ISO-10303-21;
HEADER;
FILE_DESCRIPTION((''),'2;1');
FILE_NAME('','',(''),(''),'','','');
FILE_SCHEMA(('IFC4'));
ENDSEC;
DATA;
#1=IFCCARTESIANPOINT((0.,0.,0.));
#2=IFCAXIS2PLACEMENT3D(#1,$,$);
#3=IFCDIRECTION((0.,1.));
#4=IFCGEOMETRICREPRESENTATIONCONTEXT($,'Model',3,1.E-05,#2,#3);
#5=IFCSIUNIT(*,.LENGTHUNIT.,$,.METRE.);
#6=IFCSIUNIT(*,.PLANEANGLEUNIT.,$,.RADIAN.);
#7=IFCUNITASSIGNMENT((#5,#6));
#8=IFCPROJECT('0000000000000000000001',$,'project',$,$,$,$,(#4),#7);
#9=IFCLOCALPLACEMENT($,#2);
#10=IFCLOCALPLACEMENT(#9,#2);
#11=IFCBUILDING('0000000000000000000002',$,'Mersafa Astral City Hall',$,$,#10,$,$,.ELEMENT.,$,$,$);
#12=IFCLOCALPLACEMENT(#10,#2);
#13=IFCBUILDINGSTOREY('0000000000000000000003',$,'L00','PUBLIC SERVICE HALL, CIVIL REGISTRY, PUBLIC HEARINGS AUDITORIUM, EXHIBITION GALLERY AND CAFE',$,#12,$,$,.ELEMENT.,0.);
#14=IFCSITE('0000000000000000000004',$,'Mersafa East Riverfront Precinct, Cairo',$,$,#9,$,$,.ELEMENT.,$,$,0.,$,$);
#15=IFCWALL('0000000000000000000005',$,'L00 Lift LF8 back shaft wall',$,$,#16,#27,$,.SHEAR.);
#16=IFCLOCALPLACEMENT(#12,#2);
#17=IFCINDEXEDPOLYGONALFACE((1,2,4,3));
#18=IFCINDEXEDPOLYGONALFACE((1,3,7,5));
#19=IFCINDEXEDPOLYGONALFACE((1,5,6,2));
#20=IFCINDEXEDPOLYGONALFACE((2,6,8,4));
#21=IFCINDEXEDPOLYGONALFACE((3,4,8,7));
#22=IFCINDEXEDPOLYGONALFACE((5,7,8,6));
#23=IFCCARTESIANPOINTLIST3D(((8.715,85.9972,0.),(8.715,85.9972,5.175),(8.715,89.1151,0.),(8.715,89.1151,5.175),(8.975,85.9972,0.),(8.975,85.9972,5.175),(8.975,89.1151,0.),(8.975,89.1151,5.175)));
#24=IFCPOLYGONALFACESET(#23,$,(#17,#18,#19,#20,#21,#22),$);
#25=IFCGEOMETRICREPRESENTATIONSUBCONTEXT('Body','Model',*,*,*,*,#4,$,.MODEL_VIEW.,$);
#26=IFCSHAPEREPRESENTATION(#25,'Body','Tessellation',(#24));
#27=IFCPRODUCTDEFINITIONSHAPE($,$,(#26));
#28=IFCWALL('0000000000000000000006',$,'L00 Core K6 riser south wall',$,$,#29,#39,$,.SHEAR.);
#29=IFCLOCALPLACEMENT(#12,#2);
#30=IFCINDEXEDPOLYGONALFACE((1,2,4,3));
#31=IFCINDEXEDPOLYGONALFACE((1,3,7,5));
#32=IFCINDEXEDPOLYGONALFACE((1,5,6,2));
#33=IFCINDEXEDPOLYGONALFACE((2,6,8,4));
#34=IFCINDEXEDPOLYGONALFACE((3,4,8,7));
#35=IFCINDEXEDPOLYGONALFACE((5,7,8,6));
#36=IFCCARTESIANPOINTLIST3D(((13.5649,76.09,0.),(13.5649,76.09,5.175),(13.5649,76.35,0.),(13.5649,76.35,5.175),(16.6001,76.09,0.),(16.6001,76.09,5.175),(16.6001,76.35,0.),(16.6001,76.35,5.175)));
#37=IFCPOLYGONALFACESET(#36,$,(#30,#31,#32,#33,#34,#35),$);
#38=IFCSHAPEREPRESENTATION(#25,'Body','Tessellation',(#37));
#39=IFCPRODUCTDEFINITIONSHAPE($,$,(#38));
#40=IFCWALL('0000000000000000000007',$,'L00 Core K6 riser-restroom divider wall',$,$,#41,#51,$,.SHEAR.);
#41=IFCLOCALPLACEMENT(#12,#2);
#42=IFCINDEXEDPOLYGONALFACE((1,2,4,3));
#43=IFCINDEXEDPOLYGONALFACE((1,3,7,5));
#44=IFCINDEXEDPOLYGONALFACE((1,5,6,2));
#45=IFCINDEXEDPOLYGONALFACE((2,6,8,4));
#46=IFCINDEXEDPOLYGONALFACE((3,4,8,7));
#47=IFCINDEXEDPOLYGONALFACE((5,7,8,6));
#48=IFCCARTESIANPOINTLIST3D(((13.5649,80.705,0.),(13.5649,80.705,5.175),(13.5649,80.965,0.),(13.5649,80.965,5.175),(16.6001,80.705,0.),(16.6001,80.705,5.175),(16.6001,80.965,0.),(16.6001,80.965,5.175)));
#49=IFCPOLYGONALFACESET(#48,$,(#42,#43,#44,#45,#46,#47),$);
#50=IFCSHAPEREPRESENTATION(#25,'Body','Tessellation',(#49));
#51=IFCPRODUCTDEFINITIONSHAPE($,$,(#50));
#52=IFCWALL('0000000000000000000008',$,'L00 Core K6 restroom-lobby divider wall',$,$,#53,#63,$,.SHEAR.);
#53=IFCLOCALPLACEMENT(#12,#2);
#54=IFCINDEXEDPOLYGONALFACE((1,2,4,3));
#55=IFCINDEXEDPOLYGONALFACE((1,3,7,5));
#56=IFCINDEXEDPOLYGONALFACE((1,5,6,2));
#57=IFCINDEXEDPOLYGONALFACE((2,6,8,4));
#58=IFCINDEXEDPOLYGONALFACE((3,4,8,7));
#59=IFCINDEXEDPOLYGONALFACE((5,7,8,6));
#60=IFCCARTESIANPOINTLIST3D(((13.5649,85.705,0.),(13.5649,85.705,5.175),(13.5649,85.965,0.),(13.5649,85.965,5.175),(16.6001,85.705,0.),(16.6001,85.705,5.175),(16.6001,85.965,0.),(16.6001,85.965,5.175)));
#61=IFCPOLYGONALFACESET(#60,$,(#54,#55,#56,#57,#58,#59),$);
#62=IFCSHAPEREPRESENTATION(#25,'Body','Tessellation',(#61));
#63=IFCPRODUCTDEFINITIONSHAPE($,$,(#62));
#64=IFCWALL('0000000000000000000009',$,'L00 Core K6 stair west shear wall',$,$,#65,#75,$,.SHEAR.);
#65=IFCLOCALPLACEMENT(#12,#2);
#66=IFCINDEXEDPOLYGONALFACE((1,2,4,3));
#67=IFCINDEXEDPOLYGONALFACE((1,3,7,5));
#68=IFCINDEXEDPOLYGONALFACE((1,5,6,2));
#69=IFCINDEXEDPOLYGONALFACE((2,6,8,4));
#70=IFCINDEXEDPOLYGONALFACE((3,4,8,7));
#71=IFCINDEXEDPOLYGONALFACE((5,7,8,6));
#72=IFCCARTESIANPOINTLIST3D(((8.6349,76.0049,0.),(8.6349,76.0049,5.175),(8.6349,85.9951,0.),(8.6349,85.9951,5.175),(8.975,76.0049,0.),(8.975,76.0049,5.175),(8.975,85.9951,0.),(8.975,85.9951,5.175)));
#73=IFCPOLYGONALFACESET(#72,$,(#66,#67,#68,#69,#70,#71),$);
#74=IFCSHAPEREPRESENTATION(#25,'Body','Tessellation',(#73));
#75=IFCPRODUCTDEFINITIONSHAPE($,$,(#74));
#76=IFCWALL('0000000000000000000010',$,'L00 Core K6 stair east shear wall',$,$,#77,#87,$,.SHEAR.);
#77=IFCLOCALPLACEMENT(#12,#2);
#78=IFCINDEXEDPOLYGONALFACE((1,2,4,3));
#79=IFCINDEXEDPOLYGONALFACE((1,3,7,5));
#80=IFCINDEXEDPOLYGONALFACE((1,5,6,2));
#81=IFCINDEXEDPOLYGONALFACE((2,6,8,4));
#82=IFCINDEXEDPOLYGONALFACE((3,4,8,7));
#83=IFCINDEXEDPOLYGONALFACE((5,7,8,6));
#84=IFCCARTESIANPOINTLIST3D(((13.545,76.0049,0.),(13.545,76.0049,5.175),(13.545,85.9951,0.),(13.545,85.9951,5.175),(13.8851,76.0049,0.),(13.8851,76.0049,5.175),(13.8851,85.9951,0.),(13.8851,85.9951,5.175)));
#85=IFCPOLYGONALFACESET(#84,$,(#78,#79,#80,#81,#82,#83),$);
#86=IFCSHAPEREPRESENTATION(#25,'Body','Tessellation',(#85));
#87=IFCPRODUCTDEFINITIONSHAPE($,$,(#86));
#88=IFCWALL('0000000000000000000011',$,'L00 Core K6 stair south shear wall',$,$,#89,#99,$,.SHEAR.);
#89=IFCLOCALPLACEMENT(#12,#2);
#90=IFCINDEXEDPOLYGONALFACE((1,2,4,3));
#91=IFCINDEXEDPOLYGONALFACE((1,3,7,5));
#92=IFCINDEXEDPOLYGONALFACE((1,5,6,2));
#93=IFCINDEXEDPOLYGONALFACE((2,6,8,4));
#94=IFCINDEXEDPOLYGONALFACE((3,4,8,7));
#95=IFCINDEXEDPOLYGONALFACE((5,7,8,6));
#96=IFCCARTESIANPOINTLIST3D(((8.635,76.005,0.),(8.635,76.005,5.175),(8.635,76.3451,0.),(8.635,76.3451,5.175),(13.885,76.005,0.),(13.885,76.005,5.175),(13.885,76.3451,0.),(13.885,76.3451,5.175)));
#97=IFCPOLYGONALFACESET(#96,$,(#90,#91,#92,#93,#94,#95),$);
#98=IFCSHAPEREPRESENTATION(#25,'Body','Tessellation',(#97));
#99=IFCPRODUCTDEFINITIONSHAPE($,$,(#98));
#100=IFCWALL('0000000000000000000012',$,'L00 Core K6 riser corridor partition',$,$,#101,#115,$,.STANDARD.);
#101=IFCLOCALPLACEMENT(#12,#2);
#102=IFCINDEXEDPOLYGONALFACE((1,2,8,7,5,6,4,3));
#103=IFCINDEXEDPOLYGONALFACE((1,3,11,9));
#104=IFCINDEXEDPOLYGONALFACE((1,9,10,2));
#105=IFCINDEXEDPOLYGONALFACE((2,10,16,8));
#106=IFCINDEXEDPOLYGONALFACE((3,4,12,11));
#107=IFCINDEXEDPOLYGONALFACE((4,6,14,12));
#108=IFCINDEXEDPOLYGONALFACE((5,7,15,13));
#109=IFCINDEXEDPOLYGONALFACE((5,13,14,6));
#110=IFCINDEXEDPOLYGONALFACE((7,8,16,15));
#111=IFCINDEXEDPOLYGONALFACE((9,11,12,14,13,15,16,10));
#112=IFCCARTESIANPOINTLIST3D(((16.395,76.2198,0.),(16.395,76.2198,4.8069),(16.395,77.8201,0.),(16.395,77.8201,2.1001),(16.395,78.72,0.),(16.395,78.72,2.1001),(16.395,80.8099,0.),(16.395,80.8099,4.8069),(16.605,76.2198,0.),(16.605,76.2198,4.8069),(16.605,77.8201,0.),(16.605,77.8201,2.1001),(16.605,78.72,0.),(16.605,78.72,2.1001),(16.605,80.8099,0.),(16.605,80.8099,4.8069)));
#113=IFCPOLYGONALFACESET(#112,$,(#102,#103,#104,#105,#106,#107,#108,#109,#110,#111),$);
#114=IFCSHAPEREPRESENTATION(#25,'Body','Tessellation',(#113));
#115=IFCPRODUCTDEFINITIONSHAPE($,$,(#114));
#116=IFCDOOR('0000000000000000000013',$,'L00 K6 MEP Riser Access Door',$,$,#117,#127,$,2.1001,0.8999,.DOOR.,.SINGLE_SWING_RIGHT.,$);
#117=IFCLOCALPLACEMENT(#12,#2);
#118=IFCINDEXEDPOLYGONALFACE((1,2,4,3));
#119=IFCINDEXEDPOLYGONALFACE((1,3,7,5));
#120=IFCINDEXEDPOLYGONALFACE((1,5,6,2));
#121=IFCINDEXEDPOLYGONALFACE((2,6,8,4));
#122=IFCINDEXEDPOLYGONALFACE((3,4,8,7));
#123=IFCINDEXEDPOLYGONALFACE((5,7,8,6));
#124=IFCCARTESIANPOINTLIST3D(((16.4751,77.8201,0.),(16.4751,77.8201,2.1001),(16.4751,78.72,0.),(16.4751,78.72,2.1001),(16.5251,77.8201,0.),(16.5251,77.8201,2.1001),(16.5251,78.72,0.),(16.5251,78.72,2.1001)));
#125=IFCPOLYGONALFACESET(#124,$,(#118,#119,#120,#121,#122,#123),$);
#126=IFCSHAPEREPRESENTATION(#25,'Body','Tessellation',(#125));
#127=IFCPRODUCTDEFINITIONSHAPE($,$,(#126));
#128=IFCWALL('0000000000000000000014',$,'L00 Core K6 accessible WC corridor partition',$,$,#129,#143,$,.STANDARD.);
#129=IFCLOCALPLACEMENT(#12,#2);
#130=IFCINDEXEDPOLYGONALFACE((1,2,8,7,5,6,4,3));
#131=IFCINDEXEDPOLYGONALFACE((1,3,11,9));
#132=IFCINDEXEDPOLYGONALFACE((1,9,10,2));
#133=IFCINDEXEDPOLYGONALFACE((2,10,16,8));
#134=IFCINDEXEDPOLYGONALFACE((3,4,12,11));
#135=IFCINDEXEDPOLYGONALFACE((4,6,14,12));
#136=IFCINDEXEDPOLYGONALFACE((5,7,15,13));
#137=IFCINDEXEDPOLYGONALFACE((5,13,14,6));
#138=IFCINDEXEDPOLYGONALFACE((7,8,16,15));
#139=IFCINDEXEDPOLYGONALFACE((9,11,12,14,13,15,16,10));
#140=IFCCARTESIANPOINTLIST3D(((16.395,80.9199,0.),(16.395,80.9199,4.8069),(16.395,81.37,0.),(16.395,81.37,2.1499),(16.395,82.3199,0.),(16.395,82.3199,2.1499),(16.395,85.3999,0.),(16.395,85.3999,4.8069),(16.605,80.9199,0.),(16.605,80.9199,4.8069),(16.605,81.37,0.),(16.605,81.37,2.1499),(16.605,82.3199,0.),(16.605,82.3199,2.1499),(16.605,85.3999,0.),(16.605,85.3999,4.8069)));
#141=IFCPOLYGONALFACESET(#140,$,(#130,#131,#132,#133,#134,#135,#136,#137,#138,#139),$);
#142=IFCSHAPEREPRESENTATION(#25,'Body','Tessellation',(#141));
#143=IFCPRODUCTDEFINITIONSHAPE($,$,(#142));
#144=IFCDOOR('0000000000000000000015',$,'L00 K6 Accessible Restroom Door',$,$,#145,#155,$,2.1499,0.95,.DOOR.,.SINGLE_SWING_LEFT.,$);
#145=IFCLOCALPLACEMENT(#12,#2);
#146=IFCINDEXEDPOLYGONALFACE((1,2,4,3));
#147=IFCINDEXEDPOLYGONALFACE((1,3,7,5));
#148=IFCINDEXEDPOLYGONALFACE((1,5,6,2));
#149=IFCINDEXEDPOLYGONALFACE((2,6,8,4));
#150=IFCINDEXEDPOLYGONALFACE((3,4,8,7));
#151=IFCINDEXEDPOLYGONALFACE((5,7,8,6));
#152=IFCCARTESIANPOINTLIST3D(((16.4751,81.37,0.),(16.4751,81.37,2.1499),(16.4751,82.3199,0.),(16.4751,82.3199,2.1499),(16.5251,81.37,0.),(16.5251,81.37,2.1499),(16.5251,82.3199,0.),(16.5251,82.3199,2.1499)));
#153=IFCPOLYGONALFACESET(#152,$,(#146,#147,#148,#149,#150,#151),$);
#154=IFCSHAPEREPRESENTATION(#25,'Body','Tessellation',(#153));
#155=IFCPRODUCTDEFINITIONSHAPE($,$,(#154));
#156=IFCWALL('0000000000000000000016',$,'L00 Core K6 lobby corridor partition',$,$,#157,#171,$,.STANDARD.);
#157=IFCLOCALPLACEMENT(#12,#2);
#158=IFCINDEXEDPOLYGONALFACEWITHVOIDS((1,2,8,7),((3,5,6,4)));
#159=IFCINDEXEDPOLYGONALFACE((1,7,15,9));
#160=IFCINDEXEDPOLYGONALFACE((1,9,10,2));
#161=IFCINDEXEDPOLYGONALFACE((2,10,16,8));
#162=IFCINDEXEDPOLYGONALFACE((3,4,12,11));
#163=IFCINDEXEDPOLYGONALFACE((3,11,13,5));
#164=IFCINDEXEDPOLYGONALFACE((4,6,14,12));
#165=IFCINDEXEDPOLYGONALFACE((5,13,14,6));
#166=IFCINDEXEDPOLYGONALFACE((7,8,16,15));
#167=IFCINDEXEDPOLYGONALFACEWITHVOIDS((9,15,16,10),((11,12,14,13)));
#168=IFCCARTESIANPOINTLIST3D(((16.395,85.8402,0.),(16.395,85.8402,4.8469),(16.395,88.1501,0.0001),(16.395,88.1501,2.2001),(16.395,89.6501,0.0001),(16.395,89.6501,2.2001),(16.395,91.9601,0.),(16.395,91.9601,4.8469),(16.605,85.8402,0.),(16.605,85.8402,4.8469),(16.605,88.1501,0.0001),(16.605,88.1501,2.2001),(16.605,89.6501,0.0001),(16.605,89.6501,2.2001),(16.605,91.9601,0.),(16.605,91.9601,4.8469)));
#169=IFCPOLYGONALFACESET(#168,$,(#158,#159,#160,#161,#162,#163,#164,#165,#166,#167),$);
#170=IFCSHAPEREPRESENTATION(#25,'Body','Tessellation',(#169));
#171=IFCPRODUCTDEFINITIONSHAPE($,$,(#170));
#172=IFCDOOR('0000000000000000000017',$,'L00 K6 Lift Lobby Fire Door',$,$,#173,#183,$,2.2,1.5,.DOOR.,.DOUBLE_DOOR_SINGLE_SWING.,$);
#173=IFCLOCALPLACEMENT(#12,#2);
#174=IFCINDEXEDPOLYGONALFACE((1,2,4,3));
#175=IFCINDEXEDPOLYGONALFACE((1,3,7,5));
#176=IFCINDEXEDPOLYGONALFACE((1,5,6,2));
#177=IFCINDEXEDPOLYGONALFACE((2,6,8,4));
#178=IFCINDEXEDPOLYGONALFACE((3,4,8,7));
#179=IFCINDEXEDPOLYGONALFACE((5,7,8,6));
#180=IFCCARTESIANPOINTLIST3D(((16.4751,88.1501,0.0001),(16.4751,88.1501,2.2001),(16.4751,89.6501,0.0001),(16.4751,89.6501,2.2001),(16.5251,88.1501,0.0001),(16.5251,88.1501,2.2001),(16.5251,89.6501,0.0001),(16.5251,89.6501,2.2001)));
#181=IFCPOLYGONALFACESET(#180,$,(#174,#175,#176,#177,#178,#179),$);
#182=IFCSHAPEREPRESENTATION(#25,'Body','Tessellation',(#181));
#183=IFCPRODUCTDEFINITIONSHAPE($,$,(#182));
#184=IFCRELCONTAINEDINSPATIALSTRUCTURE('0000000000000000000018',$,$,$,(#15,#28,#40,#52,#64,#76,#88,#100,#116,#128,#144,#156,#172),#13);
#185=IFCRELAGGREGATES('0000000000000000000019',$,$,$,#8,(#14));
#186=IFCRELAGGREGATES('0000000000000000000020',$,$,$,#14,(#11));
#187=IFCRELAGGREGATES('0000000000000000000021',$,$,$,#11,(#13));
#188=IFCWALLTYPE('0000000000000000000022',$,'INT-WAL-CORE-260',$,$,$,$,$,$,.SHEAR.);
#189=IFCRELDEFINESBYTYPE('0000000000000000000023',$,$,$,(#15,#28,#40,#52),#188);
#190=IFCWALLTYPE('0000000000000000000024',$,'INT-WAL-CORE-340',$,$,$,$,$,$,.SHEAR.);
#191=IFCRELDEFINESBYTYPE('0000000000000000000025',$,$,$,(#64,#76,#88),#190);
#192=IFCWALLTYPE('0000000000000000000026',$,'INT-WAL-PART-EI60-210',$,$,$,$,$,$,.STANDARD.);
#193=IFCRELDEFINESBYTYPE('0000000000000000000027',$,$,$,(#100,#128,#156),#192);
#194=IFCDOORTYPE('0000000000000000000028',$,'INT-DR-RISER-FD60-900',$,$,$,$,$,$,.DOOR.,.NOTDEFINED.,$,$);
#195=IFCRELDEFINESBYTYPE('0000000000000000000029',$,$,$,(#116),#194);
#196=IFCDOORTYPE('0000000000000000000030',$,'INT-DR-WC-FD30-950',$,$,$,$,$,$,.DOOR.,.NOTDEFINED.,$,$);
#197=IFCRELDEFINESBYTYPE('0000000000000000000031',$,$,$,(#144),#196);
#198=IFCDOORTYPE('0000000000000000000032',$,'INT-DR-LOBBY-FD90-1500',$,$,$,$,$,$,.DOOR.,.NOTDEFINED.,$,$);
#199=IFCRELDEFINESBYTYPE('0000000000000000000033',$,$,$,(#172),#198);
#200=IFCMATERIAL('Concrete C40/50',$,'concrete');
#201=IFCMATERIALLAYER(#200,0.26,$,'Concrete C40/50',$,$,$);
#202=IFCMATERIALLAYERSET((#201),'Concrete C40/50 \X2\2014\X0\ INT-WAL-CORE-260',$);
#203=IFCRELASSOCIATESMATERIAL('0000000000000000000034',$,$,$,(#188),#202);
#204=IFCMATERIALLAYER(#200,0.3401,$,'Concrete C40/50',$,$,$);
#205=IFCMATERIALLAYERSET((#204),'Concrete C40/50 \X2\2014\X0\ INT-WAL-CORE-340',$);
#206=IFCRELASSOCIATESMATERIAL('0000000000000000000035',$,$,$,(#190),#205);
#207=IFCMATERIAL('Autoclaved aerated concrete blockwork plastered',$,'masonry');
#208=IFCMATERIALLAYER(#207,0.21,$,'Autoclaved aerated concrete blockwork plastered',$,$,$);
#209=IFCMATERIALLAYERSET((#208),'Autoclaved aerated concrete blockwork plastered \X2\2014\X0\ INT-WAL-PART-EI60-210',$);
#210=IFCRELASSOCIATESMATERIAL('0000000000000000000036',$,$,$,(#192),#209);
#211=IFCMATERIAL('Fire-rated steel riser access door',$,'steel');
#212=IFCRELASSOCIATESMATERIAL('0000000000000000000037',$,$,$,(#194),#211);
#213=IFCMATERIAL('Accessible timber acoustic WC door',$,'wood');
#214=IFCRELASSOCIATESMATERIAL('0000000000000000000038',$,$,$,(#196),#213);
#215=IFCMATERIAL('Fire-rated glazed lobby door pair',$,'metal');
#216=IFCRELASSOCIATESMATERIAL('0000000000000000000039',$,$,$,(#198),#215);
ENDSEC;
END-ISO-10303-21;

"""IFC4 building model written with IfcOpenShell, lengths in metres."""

from ifc_helpers import new_model, si_unit, direction, frame, frame_2d, origin, place, context, subcontext, project, spatial, rectangle, extrude, material, layer, layer_set, type_object, element, fill, save


model = new_model("IFC4")

# Units and contexts
model_context = context("Model", 3, precision=1e-05, world=origin(), true_north=direction((0.0, 1.0)))
body_context = subcontext(model_context, "Body", "Model", "MODEL_VIEW")
ifc_project = project(units=[si_unit("LENGTHUNIT", "METRE"), si_unit("PLANEANGLEUNIT", "RADIAN")], contexts=[model_context])

# Site, building, storey
site_placement = place(None, origin())
site = spatial("IfcSite", under=ifc_project, at=site_placement, Name="Mersafa East Riverfront Precinct, Cairo", CompositionType="ELEMENT", RefElevation=0.0)
building_placement = place(site_placement, origin())
building = spatial("IfcBuilding", under=site, at=building_placement, Name="Mersafa Astral City Hall", CompositionType="ELEMENT")
storey_placement = place(building_placement, origin())
storey = spatial("IfcBuildingStorey", under=building, at=storey_placement, Name="L00", Description="PUBLIC SERVICE HALL, CIVIL REGISTRY, PUBLIC HEARINGS AUDITORIUM, EXHIBITION GALLERY AND CAFE", CompositionType="ELEMENT", Elevation=0.0)

# Wall
ifc_material_1 = material(Name="Concrete C40/50", Category="concrete")
ifc_layer_1 = layer(ifc_material_1, 0.26, Name="Concrete C40/50")
ifc_layer_set_1 = layer_set([ifc_layer_1], Name="Concrete C40/50 — INT-WAL-CORE-260")
wall_type_1 = type_object("IfcWallType", Name="INT-WAL-CORE-260", PredefinedType="SHEAR", material=ifc_layer_set_1)
wall_1_placement = place(storey_placement, frame((8.845, 85.9971, 0.0), z_axis=(0.0, 0.0, 1.0), x_axis=(0.0, 1.0, 0.0)))
element("IfcWall", 1, at=wall_1_placement, inside=storey, type_object=wall_type_1, Name="L00 Lift LF8 back shaft wall", PredefinedType="SHEAR", context=body_context, shape_type="SweptSolid", body=[
    extrude(rectangle(XDim=3.1179, YDim=0.26, at=frame_2d((1.5591, 0.0))), origin(), (0.0, 0.0, 1.0), 5.175),
])

# Walls
for number, where, z_axis, x_axis, name in (
    (2, (13.5649, 76.22, 0.0), (0.0, 0.0, 1.0), (1.0, 0.0, 0.0), "L00 Core K6 riser south wall"),
    (3, (13.5649, 80.835, 0.0), (0.0, 0.0, 1.0), (1.0, 0.0, 0.0), "L00 Core K6 riser-restroom divider wall"),
    (4, (13.5649, 85.835, 0.0), (0.0, 0.0, 1.0), (1.0, 0.0, 0.0), "L00 Core K6 restroom-lobby divider wall"),
):
    element("IfcWall", number, at=place(storey_placement, frame(where, z_axis=z_axis, x_axis=x_axis)), inside=storey, type_object=wall_type_1, Name=name, PredefinedType="SHEAR", context=body_context, shape_type="SweptSolid", body=[
        extrude(rectangle(XDim=3.0352, YDim=0.26, at=frame_2d((1.5176, 0.0))), origin(), (0.0, 0.0, 1.0), 5.175),
    ])
ifc_layer_2 = layer(ifc_material_1, 0.3401, Name="Concrete C40/50")
ifc_layer_set_2 = layer_set([ifc_layer_2], Name="Concrete C40/50 — INT-WAL-CORE-340")
wall_type_2 = type_object("IfcWallType", Name="INT-WAL-CORE-340", PredefinedType="SHEAR", material=ifc_layer_set_2)
for number, where, z_axis, x_axis, name in (
    (5, (8.8049, 76.0049, 0.0), (0.0, 0.0, 1.0), (0.0, 1.0, 0.0), "L00 Core K6 stair west shear wall"),
    (6, (13.7151, 76.0049, 0.0), (0.0, 0.0, 1.0), (0.0, 1.0, 0.0), "L00 Core K6 stair east shear wall"),
):
    element("IfcWall", number, at=place(storey_placement, frame(where, z_axis=z_axis, x_axis=x_axis)), inside=storey, type_object=wall_type_2, Name=name, PredefinedType="SHEAR", context=body_context, shape_type="SweptSolid", body=[
        extrude(rectangle(XDim=9.9902, YDim=0.3401, at=frame_2d((4.9951, 0.0))), origin(), (0.0, 0.0, 1.0), 5.175),
    ])
wall_2_placement = place(storey_placement, frame((8.635, 76.175, 0.0), z_axis=(0.0, 0.0, 1.0), x_axis=(1.0, 0.0, 0.0)))
element("IfcWall", 7, at=wall_2_placement, inside=storey, type_object=wall_type_2, Name="L00 Core K6 stair south shear wall", PredefinedType="SHEAR", context=body_context, shape_type="SweptSolid", body=[
    extrude(rectangle(XDim=5.25, YDim=0.3401, at=frame_2d((2.625, 0.0))), origin(), (0.0, 0.0, 1.0), 5.175),
])

# Walls, openings, doors
ifc_material_2 = material(Name="Autoclaved aerated concrete blockwork plastered", Category="masonry")
ifc_layer_3 = layer(ifc_material_2, 0.21, Name="Autoclaved aerated concrete blockwork plastered")
ifc_layer_set_3 = layer_set([ifc_layer_3], Name="Autoclaved aerated concrete blockwork plastered — INT-WAL-PART-EI60-210")
wall_type_3 = type_object("IfcWallType", Name="INT-WAL-PART-EI60-210", PredefinedType="STANDARD", material=ifc_layer_set_3)
wall_3_placement = place(storey_placement, frame((16.5, 76.22, 0.0), z_axis=(0.0, 0.0, 1.0), x_axis=(0.0, 1.0, 0.0)))
wall_3 = element("IfcWall", 8, at=wall_3_placement, inside=storey, type_object=wall_type_3, Name="L00 Core K6 riser corridor partition", PredefinedType="STANDARD", context=body_context, shape_type="SweptSolid", body=[
    extrude(rectangle(XDim=4.5901, YDim=0.21, at=frame_2d((2.2949, 0.0))), origin(), (0.0, 0.0, 1.0), 4.8069),
])
opening_1_placement = place(wall_3_placement, frame((1.6001, 0.0, 0.0)))
opening_1 = element("IfcOpeningElement", 9, at=opening_1_placement, cuts=wall_3, PredefinedType="OPENING", context=body_context, shape_type="SweptSolid", body=[
    extrude(rectangle(XDim=0.8999, YDim=2.1001, at=frame_2d((0.45, 1.05))), frame((0.0, 0.115, 0.0), z_axis=(0.0, -1.0, 0.0), x_axis=(1.0, 0.0, 0.0)), (0.0, 0.0, 1.0), 0.23),
])
ifc_material_3 = material(Name="Fire-rated steel riser access door", Category="steel")
door_type_1 = type_object("IfcDoorType", Name="INT-DR-RISER-FD60-900", OperationType="NOTDEFINED", PredefinedType="DOOR", material=ifc_material_3)
door_1_placement = place(opening_1_placement, origin())
door_1 = element("IfcDoor", 10, at=door_1_placement, inside=storey, type_object=door_type_1, Name="L00 K6 MEP Riser Access Door", OperationType="SINGLE_SWING_RIGHT", OverallHeight=2.1001, OverallWidth=0.8999, PredefinedType="DOOR", context=body_context, shape_type="SweptSolid", body=[
    extrude(rectangle(XDim=0.8999, YDim=2.1001, at=frame_2d((0.45, 1.05))), frame((0.0, 0.0249, 0.0), z_axis=(0.0, -1.0, 0.0), x_axis=(1.0, 0.0, 0.0)), (0.0, 0.0, 1.0), 0.05),
])
fill(opening_1, door_1)
wall_4_placement = place(storey_placement, frame((16.5, 80.9199, 0.0), z_axis=(0.0, 0.0, 1.0), x_axis=(0.0, 1.0, 0.0)))
wall_4 = element("IfcWall", 11, at=wall_4_placement, inside=storey, type_object=wall_type_3, Name="L00 Core K6 accessible WC corridor partition", PredefinedType="STANDARD", context=body_context, shape_type="SweptSolid", body=[
    extrude(rectangle(XDim=4.48, YDim=0.21, at=frame_2d((2.24, 0.0))), origin(), (0.0, 0.0, 1.0), 4.8069),
])
opening_2_placement = place(wall_4_placement, frame((0.45, 0.0, 0.0)))
opening_2 = element("IfcOpeningElement", 12, at=opening_2_placement, cuts=wall_4, PredefinedType="OPENING", context=body_context, shape_type="SweptSolid", body=[
    extrude(rectangle(XDim=0.95, YDim=2.1499, at=frame_2d((0.4751, 1.075))), frame((0.0, 0.115, 0.0), z_axis=(0.0, -1.0, 0.0), x_axis=(1.0, 0.0, 0.0)), (0.0, 0.0, 1.0), 0.23),
])
ifc_material_4 = material(Name="Accessible timber acoustic WC door", Category="wood")
door_type_2 = type_object("IfcDoorType", Name="INT-DR-WC-FD30-950", OperationType="NOTDEFINED", PredefinedType="DOOR", material=ifc_material_4)
door_2_placement = place(opening_2_placement, origin())
door_2 = element("IfcDoor", 13, at=door_2_placement, inside=storey, type_object=door_type_2, Name="L00 K6 Accessible Restroom Door", OperationType="SINGLE_SWING_LEFT", OverallHeight=2.1499, OverallWidth=0.95, PredefinedType="DOOR", context=body_context, shape_type="SweptSolid", body=[
    extrude(rectangle(XDim=0.95, YDim=2.1499, at=frame_2d((0.4751, 1.075))), frame((0.0, 0.0249, 0.0), z_axis=(0.0, -1.0, 0.0), x_axis=(1.0, 0.0, 0.0)), (0.0, 0.0, 1.0), 0.05),
])
fill(opening_2, door_2)
wall_5_placement = place(storey_placement, frame((16.5, 85.8401, 0.0), z_axis=(0.0, 0.0, 1.0), x_axis=(0.0, 1.0, 0.0)))
wall_5 = element("IfcWall", 14, at=wall_5_placement, inside=storey, type_object=wall_type_3, Name="L00 Core K6 lobby corridor partition", PredefinedType="STANDARD", context=body_context, shape_type="SweptSolid", body=[
    extrude(rectangle(XDim=6.1199, YDim=0.21, at=frame_2d((3.0601, 0.0))), origin(), (0.0, 0.0, 1.0), 4.8469),
])
opening_3_placement = place(wall_5_placement, frame((2.3101, 0.0, 0.0)))
opening_3 = element("IfcOpeningElement", 15, at=opening_3_placement, cuts=wall_5, PredefinedType="OPENING", context=body_context, shape_type="SweptSolid", body=[
    extrude(rectangle(XDim=1.5, YDim=2.2, at=frame_2d((0.75, 1.1001))), frame((0.0, 0.115, 0.0), z_axis=(0.0, -1.0, 0.0), x_axis=(1.0, 0.0, 0.0)), (0.0, 0.0, 1.0), 0.23),
])
ifc_material_5 = material(Name="Fire-rated glazed lobby door pair", Category="metal")
door_type_3 = type_object("IfcDoorType", Name="INT-DR-LOBBY-FD90-1500", OperationType="NOTDEFINED", PredefinedType="DOOR", material=ifc_material_5)
door_3_placement = place(opening_3_placement, origin())
door_3 = element("IfcDoor", 16, at=door_3_placement, inside=storey, type_object=door_type_3, Name="L00 K6 Lift Lobby Fire Door", OperationType="DOUBLE_DOOR_SINGLE_SWING", OverallHeight=2.2, OverallWidth=1.5, PredefinedType="DOOR", context=body_context, shape_type="SweptSolid", body=[
    extrude(rectangle(XDim=1.5, YDim=2.2, at=frame_2d((0.75, 1.1001))), frame((0.0, 0.0249, 0.0), z_axis=(0.0, -1.0, 0.0), x_axis=(1.0, 0.0, 0.0)), (0.0, 0.0, 1.0), 0.05),
])
fill(opening_3, door_3)

save(model, "model.ifc")
